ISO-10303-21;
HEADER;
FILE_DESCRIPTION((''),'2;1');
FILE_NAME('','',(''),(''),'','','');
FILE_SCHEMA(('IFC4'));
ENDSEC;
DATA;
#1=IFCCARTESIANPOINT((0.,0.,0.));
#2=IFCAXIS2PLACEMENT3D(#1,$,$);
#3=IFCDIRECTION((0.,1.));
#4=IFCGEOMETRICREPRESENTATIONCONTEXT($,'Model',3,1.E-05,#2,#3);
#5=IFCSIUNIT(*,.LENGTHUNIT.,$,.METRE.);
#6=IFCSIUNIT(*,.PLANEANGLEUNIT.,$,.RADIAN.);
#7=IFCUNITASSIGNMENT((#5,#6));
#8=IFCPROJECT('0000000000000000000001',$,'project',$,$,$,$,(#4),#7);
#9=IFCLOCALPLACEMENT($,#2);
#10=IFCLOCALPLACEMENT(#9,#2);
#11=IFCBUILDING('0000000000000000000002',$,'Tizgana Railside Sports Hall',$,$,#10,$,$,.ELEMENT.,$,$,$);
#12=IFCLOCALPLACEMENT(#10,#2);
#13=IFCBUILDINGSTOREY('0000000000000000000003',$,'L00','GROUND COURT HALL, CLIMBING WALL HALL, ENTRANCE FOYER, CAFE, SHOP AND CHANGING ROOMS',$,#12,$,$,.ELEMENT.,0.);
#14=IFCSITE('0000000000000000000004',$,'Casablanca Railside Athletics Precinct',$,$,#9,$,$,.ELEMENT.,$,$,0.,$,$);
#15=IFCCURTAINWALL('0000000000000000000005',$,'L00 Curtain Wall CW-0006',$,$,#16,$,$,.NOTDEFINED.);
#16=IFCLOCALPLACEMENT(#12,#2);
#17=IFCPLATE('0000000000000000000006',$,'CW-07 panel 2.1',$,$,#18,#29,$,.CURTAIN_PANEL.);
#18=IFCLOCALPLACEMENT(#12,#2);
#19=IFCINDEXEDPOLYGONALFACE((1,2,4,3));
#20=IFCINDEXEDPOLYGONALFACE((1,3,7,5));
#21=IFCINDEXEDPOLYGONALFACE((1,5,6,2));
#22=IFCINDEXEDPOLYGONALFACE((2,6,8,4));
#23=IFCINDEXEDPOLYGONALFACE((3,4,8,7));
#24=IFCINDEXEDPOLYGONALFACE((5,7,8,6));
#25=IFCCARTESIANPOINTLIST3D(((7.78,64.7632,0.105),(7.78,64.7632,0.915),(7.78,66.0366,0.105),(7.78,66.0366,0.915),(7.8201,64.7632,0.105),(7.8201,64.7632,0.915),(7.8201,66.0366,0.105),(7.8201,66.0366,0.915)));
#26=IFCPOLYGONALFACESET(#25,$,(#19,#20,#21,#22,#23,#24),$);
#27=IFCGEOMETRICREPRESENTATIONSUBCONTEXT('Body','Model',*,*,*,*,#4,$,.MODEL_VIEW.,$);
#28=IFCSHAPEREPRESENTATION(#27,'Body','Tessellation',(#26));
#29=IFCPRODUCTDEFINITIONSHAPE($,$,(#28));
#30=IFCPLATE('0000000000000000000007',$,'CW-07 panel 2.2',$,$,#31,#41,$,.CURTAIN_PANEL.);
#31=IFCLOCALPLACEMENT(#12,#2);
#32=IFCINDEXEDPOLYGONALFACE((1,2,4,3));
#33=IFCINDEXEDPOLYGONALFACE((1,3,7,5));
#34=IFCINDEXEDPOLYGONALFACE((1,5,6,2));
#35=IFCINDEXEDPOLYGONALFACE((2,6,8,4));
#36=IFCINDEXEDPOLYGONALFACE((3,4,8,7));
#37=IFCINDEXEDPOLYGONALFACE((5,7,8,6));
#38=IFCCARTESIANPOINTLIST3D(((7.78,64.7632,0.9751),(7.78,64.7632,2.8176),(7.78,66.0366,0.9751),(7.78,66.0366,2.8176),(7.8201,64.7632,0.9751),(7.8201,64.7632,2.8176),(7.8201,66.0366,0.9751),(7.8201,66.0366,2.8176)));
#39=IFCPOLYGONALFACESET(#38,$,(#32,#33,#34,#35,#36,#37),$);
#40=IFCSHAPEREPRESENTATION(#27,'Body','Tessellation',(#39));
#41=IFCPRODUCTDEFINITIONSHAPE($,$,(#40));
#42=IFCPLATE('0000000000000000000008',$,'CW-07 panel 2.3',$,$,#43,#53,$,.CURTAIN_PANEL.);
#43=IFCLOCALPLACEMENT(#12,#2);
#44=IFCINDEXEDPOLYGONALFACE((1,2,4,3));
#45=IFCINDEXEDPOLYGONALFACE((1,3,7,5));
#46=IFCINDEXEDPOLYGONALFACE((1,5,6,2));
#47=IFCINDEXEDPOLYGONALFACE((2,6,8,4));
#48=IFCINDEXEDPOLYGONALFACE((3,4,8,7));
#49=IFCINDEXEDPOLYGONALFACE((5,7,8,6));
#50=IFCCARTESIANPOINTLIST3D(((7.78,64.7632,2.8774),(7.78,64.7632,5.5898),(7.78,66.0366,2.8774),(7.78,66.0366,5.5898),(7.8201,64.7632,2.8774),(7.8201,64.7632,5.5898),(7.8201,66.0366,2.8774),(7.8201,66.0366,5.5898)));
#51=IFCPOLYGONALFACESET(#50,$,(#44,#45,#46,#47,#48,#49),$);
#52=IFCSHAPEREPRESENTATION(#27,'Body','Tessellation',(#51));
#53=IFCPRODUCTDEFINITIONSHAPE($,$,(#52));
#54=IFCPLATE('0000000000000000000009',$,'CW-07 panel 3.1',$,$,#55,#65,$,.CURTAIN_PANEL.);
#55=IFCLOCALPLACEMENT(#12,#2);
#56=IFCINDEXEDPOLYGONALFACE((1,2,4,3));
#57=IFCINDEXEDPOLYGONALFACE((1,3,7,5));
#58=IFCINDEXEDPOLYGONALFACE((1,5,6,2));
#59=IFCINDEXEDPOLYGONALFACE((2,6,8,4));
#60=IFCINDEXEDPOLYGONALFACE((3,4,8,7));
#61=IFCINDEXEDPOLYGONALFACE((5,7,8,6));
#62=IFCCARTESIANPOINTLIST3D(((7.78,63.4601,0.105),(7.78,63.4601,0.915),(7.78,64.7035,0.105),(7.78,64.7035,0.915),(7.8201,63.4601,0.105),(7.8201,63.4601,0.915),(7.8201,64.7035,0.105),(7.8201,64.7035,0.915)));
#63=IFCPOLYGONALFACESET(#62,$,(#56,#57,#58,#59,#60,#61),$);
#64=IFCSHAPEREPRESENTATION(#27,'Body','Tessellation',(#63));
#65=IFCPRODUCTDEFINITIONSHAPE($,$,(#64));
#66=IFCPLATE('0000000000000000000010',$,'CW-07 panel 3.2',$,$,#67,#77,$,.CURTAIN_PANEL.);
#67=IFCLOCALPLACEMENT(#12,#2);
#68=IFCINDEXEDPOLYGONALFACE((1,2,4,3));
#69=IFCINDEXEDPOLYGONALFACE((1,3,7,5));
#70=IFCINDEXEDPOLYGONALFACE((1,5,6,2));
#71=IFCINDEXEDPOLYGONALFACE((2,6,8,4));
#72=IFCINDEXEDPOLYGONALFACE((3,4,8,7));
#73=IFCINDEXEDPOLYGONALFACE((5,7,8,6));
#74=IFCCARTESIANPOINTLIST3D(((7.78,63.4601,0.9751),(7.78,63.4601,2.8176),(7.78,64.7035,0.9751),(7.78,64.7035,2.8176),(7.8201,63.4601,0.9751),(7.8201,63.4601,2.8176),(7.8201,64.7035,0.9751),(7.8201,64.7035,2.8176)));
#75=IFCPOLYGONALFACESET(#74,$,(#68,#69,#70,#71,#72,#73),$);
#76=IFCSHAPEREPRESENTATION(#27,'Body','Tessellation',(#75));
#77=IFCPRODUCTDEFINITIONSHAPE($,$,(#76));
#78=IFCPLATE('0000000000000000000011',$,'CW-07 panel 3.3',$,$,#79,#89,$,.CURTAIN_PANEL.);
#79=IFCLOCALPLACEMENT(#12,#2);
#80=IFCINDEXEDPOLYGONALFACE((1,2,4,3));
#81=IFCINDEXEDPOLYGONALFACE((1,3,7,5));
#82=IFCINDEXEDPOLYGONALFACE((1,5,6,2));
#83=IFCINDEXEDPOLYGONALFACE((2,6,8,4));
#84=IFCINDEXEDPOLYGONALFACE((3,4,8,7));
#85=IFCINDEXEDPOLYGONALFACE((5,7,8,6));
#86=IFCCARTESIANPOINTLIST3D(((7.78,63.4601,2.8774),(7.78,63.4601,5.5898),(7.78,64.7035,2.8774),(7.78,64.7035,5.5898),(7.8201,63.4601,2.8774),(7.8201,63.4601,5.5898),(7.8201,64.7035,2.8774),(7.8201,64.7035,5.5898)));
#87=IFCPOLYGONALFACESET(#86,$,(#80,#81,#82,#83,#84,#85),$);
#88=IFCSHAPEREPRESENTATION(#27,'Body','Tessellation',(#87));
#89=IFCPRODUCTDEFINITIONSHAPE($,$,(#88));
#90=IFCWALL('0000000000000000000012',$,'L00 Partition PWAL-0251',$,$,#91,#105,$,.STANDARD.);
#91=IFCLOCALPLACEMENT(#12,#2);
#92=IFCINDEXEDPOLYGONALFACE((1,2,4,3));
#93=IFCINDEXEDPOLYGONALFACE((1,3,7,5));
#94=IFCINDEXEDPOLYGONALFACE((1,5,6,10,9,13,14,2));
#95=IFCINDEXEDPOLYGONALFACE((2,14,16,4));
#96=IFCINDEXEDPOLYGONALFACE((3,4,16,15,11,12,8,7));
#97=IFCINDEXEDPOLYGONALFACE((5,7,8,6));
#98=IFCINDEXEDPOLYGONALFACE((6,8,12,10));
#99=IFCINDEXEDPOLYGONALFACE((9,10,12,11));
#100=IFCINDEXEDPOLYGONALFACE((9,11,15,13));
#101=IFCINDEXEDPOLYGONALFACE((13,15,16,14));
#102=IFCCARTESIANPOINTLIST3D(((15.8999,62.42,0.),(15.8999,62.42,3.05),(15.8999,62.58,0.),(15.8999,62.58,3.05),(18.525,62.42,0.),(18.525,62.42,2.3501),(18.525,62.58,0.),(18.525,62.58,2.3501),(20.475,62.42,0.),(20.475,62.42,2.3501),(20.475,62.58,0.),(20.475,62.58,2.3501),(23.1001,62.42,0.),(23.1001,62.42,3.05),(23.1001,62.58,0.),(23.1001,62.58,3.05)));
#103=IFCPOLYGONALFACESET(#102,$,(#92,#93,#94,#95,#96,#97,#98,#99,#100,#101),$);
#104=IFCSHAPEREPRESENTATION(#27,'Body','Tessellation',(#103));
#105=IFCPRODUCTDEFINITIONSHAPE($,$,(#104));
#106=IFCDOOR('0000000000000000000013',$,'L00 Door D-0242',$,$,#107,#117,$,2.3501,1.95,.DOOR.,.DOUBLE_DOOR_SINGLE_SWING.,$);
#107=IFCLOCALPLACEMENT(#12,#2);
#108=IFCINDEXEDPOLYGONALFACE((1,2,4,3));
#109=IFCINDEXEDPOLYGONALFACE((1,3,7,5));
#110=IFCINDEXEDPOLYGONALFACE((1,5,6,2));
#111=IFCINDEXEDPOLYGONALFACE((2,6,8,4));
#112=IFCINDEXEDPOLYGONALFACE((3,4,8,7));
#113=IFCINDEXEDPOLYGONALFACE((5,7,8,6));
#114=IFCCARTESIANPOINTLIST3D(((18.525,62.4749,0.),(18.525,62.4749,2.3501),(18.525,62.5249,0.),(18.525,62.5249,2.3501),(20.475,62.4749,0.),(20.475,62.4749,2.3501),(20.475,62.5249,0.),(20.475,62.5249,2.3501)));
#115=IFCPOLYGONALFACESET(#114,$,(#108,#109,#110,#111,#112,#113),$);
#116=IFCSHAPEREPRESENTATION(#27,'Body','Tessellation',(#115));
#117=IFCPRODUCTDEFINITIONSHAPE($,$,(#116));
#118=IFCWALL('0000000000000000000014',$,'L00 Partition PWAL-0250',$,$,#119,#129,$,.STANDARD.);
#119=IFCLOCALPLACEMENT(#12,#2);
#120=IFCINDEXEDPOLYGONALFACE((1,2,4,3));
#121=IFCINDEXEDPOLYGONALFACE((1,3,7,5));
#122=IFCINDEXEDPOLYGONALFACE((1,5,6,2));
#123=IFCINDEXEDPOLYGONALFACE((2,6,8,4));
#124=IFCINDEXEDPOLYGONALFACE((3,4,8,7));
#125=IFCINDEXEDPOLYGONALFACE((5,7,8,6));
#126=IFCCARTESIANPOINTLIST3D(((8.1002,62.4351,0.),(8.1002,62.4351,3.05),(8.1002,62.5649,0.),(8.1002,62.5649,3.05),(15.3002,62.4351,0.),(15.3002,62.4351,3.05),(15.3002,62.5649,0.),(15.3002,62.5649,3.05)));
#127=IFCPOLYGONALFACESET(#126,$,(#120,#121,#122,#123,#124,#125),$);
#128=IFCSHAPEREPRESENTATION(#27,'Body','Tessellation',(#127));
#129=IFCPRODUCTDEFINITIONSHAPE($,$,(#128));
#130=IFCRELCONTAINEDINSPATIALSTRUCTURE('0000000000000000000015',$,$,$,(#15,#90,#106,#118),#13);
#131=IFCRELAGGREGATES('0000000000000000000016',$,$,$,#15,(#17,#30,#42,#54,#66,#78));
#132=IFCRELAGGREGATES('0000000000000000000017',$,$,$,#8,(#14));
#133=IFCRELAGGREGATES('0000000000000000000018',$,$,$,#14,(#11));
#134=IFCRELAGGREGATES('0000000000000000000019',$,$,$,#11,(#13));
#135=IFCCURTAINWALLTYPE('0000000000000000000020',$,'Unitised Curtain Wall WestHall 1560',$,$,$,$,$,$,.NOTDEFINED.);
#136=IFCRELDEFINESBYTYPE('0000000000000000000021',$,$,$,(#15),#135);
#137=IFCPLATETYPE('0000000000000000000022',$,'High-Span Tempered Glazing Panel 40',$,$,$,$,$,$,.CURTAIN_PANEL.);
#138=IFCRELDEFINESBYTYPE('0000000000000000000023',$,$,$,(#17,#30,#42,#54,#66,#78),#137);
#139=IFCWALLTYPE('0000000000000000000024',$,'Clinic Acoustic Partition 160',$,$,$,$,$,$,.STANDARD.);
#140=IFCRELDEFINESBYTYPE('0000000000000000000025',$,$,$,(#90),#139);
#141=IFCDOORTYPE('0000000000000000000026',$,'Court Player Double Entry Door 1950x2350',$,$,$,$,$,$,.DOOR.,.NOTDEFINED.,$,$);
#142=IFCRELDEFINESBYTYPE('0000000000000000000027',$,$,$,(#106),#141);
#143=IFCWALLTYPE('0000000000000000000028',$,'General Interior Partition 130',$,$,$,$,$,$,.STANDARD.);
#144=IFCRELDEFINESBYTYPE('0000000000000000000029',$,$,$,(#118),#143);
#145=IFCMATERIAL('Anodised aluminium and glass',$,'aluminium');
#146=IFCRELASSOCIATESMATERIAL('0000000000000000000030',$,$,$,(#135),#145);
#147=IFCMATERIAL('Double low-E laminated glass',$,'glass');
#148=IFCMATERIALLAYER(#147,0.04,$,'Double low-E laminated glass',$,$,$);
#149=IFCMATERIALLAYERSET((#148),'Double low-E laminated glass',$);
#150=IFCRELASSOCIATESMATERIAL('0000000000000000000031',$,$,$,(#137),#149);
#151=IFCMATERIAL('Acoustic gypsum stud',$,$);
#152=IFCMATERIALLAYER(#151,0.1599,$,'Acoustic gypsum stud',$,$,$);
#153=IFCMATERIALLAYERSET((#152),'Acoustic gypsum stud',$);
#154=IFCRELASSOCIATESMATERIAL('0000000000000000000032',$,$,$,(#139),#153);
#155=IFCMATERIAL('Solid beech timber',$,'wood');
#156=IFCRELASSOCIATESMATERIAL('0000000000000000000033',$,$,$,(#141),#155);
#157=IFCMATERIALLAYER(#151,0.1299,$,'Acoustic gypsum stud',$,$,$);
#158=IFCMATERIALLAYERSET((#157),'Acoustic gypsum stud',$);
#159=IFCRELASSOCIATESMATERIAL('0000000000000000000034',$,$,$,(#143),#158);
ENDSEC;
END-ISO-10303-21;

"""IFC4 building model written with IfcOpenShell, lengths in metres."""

from ifc_helpers import new_model, si_unit, direction, frame, frame_2d, origin, origin_2d, place, context, subcontext, project, spatial, rectangle, extrude, material, layer, layer_set, type_object, element, fill, aggregate, save


model = new_model("IFC4")

# Units and contexts
model_context = context("Model", 3, precision=1e-05, world=origin(), true_north=direction((0.0, 1.0)))
body_context = subcontext(model_context, "Body", "Model", "MODEL_VIEW")
ifc_project = project(units=[si_unit("LENGTHUNIT", "METRE"), si_unit("PLANEANGLEUNIT", "RADIAN")], contexts=[model_context])

# Site, building, storey
site_placement = place(None, origin())
site = spatial("IfcSite", under=ifc_project, at=site_placement, Name="Casablanca Railside Athletics Precinct", CompositionType="ELEMENT", RefElevation=0.0)
building_placement = place(site_placement, origin())
building = spatial("IfcBuilding", under=site, at=building_placement, Name="Tizgana Railside Sports Hall", CompositionType="ELEMENT")
storey_placement = place(building_placement, origin())
storey = spatial("IfcBuildingStorey", under=building, at=storey_placement, Name="L00", Description="GROUND COURT HALL, CLIMBING WALL HALL, ENTRANCE FOYER, CAFE, SHOP AND CHANGING ROOMS", CompositionType="ELEMENT", Elevation=0.0)

# Curtain wall
ifc_material_1 = material(Name="Anodised aluminium and glass", Category="aluminium")
curtain_wall_type = type_object("IfcCurtainWallType", Name="Unitised Curtain Wall WestHall 1560", PredefinedType="NOTDEFINED", material=ifc_material_1)
curtain_wall_placement = place(storey_placement, origin())
curtain_wall = element("IfcCurtainWall", 1, at=curtain_wall_placement, inside=storey, type_object=curtain_wall_type, Name="L00 Curtain Wall CW-0006", PredefinedType="NOTDEFINED")

# Plates
ifc_material_2 = material(Name="Double low-E laminated glass", Category="glass")
ifc_layer_1 = layer(ifc_material_2, 0.04, Name="Double low-E laminated glass")
ifc_layer_set_1 = layer_set([ifc_layer_1], Name="Double low-E laminated glass")
plate_type = type_object("IfcPlateType", Name="High-Span Tempered Glazing Panel 40", PredefinedType="CURTAIN_PANEL", material=ifc_layer_set_1)
plate_1_placement = place(storey_placement, frame((7.8, 65.3999, 0.105), z_axis=(0.0, 0.0, 1.0), x_axis=(0.0, -1.0, 0.0)))
plate_1 = element("IfcPlate", 2, at=plate_1_placement, type_object=plate_type, Name="CW-07 panel 2.1", PredefinedType="CURTAIN_PANEL", context=body_context, shape_type="SweptSolid", body=[
    extrude(rectangle(XDim=1.2734, YDim=0.04, at=origin_2d()), origin(), (0.0, 0.0, 1.0), 0.8101),
])
plate_2_placement = place(storey_placement, frame((7.8, 65.3999, 0.9751), z_axis=(0.0, 0.0, 1.0), x_axis=(0.0, -1.0, 0.0)))
plate_2 = element("IfcPlate", 3, at=plate_2_placement, type_object=plate_type, Name="CW-07 panel 2.2", PredefinedType="CURTAIN_PANEL", context=body_context, shape_type="SweptSolid", body=[
    extrude(rectangle(XDim=1.2734, YDim=0.04, at=origin_2d()), origin(), (0.0, 0.0, 1.0), 1.8425),
])
plate_3_placement = place(storey_placement, frame((7.8, 65.3999, 2.8774), z_axis=(0.0, 0.0, 1.0), x_axis=(0.0, -1.0, 0.0)))
plate_3 = element("IfcPlate", 4, at=plate_3_placement, type_object=plate_type, Name="CW-07 panel 2.3", PredefinedType="CURTAIN_PANEL", context=body_context, shape_type="SweptSolid", body=[
    extrude(rectangle(XDim=1.2734, YDim=0.04, at=origin_2d()), origin(), (0.0, 0.0, 1.0), 2.7124),
])
plate_4_placement = place(storey_placement, frame((7.8, 64.0818, 0.105), z_axis=(0.0, 0.0, 1.0), x_axis=(0.0, -1.0, 0.0)))
plate_4 = element("IfcPlate", 5, at=plate_4_placement, type_object=plate_type, Name="CW-07 panel 3.1", PredefinedType="CURTAIN_PANEL", context=body_context, shape_type="SweptSolid", body=[
    extrude(rectangle(XDim=1.2434, YDim=0.04, at=origin_2d()), origin(), (0.0, 0.0, 1.0), 0.8101),
])
plate_5_placement = place(storey_placement, frame((7.8, 64.0818, 0.9751), z_axis=(0.0, 0.0, 1.0), x_axis=(0.0, -1.0, 0.0)))
plate_5 = element("IfcPlate", 6, at=plate_5_placement, type_object=plate_type, Name="CW-07 panel 3.2", PredefinedType="CURTAIN_PANEL", context=body_context, shape_type="SweptSolid", body=[
    extrude(rectangle(XDim=1.2434, YDim=0.04, at=origin_2d()), origin(), (0.0, 0.0, 1.0), 1.8425),
])
plate_6_placement = place(storey_placement, frame((7.8, 64.0818, 2.8774), z_axis=(0.0, 0.0, 1.0), x_axis=(0.0, -1.0, 0.0)))
plate_6 = element("IfcPlate", 7, at=plate_6_placement, type_object=plate_type, Name="CW-07 panel 3.3", PredefinedType="CURTAIN_PANEL", context=body_context, shape_type="SweptSolid", body=[
    extrude(rectangle(XDim=1.2434, YDim=0.04, at=origin_2d()), origin(), (0.0, 0.0, 1.0), 2.7124),
])
aggregate(curtain_wall, [plate_1, plate_2, plate_3, plate_4, plate_5, plate_6])

# Wall, opening, door
ifc_material_3 = material(Name="Acoustic gypsum stud")
ifc_layer_2 = layer(ifc_material_3, 0.1599, Name="Acoustic gypsum stud")
ifc_layer_set_2 = layer_set([ifc_layer_2], Name="Acoustic gypsum stud")
wall_type_1 = type_object("IfcWallType", Name="Clinic Acoustic Partition 160", PredefinedType="STANDARD", material=ifc_layer_set_2)
wall_1_placement = place(storey_placement, frame((15.8999, 62.5, 0.0), z_axis=(0.0, 0.0, 1.0), x_axis=(1.0, 0.0, 0.0)))
wall_1 = element("IfcWall", 8, at=wall_1_placement, inside=storey, type_object=wall_type_1, Name="L00 Partition PWAL-0251", PredefinedType="STANDARD", context=body_context, shape_type="SweptSolid", body=[
    extrude(rectangle(XDim=7.2002, YDim=0.1599, at=frame_2d((3.6001, 0.0))), origin(), (0.0, 0.0, 1.0), 3.05),
])
opening_1_placement = place(wall_1_placement, frame((2.625, 0.0, 0.0)))
opening_1 = element("IfcOpeningElement", 9, at=opening_1_placement, cuts=wall_1, PredefinedType="OPENING", context=body_context, shape_type="SweptSolid", body=[
    extrude(rectangle(XDim=1.95, YDim=2.3501, at=frame_2d((0.9751, 1.175))), frame((0.0, 0.0898, 0.0), z_axis=(0.0, -1.0, 0.0), x_axis=(1.0, 0.0, 0.0)), (0.0, 0.0, 1.0), 0.1799),
])
ifc_material_4 = material(Name="Solid beech timber", Category="wood")
door_type_1 = type_object("IfcDoorType", Name="Court Player Double Entry Door 1950x2350", OperationType="NOTDEFINED", PredefinedType="DOOR", material=ifc_material_4)
door_1_placement = place(opening_1_placement, origin())
door_1 = element("IfcDoor", 10, at=door_1_placement, inside=storey, type_object=door_type_1, Name="L00 Door D-0242", OperationType="DOUBLE_DOOR_SINGLE_SWING", OverallHeight=2.3501, OverallWidth=1.95, PredefinedType="DOOR", context=body_context, shape_type="SweptSolid", body=[
    extrude(rectangle(XDim=1.95, YDim=2.3501, at=frame_2d((0.9751, 1.175))), frame((0.0, 0.0249, 0.0), z_axis=(0.0, -1.0, 0.0), x_axis=(1.0, 0.0, 0.0)), (0.0, 0.0, 1.0), 0.05),
])
fill(opening_1, door_1)

# Wall
ifc_layer_3 = layer(ifc_material_3, 0.1299, Name="Acoustic gypsum stud")
ifc_layer_set_3 = layer_set([ifc_layer_3], Name="Acoustic gypsum stud")
wall_type_2 = type_object("IfcWallType", Name="General Interior Partition 130", PredefinedType="STANDARD", material=ifc_layer_set_3)
wall_2_placement = place(storey_placement, frame((8.1001, 62.5, 0.0), z_axis=(0.0, 0.0, 1.0), x_axis=(1.0, 0.0, 0.0)))
element("IfcWall", 11, at=wall_2_placement, inside=storey, type_object=wall_type_2, Name="L00 Partition PWAL-0250", PredefinedType="STANDARD", context=body_context, shape_type="SweptSolid", body=[
    extrude(rectangle(XDim=7.2, YDim=0.1299, at=frame_2d((3.6001, 0.0))), origin(), (0.0, 0.0, 1.0), 3.05),
])

save(model, "model.ifc")
